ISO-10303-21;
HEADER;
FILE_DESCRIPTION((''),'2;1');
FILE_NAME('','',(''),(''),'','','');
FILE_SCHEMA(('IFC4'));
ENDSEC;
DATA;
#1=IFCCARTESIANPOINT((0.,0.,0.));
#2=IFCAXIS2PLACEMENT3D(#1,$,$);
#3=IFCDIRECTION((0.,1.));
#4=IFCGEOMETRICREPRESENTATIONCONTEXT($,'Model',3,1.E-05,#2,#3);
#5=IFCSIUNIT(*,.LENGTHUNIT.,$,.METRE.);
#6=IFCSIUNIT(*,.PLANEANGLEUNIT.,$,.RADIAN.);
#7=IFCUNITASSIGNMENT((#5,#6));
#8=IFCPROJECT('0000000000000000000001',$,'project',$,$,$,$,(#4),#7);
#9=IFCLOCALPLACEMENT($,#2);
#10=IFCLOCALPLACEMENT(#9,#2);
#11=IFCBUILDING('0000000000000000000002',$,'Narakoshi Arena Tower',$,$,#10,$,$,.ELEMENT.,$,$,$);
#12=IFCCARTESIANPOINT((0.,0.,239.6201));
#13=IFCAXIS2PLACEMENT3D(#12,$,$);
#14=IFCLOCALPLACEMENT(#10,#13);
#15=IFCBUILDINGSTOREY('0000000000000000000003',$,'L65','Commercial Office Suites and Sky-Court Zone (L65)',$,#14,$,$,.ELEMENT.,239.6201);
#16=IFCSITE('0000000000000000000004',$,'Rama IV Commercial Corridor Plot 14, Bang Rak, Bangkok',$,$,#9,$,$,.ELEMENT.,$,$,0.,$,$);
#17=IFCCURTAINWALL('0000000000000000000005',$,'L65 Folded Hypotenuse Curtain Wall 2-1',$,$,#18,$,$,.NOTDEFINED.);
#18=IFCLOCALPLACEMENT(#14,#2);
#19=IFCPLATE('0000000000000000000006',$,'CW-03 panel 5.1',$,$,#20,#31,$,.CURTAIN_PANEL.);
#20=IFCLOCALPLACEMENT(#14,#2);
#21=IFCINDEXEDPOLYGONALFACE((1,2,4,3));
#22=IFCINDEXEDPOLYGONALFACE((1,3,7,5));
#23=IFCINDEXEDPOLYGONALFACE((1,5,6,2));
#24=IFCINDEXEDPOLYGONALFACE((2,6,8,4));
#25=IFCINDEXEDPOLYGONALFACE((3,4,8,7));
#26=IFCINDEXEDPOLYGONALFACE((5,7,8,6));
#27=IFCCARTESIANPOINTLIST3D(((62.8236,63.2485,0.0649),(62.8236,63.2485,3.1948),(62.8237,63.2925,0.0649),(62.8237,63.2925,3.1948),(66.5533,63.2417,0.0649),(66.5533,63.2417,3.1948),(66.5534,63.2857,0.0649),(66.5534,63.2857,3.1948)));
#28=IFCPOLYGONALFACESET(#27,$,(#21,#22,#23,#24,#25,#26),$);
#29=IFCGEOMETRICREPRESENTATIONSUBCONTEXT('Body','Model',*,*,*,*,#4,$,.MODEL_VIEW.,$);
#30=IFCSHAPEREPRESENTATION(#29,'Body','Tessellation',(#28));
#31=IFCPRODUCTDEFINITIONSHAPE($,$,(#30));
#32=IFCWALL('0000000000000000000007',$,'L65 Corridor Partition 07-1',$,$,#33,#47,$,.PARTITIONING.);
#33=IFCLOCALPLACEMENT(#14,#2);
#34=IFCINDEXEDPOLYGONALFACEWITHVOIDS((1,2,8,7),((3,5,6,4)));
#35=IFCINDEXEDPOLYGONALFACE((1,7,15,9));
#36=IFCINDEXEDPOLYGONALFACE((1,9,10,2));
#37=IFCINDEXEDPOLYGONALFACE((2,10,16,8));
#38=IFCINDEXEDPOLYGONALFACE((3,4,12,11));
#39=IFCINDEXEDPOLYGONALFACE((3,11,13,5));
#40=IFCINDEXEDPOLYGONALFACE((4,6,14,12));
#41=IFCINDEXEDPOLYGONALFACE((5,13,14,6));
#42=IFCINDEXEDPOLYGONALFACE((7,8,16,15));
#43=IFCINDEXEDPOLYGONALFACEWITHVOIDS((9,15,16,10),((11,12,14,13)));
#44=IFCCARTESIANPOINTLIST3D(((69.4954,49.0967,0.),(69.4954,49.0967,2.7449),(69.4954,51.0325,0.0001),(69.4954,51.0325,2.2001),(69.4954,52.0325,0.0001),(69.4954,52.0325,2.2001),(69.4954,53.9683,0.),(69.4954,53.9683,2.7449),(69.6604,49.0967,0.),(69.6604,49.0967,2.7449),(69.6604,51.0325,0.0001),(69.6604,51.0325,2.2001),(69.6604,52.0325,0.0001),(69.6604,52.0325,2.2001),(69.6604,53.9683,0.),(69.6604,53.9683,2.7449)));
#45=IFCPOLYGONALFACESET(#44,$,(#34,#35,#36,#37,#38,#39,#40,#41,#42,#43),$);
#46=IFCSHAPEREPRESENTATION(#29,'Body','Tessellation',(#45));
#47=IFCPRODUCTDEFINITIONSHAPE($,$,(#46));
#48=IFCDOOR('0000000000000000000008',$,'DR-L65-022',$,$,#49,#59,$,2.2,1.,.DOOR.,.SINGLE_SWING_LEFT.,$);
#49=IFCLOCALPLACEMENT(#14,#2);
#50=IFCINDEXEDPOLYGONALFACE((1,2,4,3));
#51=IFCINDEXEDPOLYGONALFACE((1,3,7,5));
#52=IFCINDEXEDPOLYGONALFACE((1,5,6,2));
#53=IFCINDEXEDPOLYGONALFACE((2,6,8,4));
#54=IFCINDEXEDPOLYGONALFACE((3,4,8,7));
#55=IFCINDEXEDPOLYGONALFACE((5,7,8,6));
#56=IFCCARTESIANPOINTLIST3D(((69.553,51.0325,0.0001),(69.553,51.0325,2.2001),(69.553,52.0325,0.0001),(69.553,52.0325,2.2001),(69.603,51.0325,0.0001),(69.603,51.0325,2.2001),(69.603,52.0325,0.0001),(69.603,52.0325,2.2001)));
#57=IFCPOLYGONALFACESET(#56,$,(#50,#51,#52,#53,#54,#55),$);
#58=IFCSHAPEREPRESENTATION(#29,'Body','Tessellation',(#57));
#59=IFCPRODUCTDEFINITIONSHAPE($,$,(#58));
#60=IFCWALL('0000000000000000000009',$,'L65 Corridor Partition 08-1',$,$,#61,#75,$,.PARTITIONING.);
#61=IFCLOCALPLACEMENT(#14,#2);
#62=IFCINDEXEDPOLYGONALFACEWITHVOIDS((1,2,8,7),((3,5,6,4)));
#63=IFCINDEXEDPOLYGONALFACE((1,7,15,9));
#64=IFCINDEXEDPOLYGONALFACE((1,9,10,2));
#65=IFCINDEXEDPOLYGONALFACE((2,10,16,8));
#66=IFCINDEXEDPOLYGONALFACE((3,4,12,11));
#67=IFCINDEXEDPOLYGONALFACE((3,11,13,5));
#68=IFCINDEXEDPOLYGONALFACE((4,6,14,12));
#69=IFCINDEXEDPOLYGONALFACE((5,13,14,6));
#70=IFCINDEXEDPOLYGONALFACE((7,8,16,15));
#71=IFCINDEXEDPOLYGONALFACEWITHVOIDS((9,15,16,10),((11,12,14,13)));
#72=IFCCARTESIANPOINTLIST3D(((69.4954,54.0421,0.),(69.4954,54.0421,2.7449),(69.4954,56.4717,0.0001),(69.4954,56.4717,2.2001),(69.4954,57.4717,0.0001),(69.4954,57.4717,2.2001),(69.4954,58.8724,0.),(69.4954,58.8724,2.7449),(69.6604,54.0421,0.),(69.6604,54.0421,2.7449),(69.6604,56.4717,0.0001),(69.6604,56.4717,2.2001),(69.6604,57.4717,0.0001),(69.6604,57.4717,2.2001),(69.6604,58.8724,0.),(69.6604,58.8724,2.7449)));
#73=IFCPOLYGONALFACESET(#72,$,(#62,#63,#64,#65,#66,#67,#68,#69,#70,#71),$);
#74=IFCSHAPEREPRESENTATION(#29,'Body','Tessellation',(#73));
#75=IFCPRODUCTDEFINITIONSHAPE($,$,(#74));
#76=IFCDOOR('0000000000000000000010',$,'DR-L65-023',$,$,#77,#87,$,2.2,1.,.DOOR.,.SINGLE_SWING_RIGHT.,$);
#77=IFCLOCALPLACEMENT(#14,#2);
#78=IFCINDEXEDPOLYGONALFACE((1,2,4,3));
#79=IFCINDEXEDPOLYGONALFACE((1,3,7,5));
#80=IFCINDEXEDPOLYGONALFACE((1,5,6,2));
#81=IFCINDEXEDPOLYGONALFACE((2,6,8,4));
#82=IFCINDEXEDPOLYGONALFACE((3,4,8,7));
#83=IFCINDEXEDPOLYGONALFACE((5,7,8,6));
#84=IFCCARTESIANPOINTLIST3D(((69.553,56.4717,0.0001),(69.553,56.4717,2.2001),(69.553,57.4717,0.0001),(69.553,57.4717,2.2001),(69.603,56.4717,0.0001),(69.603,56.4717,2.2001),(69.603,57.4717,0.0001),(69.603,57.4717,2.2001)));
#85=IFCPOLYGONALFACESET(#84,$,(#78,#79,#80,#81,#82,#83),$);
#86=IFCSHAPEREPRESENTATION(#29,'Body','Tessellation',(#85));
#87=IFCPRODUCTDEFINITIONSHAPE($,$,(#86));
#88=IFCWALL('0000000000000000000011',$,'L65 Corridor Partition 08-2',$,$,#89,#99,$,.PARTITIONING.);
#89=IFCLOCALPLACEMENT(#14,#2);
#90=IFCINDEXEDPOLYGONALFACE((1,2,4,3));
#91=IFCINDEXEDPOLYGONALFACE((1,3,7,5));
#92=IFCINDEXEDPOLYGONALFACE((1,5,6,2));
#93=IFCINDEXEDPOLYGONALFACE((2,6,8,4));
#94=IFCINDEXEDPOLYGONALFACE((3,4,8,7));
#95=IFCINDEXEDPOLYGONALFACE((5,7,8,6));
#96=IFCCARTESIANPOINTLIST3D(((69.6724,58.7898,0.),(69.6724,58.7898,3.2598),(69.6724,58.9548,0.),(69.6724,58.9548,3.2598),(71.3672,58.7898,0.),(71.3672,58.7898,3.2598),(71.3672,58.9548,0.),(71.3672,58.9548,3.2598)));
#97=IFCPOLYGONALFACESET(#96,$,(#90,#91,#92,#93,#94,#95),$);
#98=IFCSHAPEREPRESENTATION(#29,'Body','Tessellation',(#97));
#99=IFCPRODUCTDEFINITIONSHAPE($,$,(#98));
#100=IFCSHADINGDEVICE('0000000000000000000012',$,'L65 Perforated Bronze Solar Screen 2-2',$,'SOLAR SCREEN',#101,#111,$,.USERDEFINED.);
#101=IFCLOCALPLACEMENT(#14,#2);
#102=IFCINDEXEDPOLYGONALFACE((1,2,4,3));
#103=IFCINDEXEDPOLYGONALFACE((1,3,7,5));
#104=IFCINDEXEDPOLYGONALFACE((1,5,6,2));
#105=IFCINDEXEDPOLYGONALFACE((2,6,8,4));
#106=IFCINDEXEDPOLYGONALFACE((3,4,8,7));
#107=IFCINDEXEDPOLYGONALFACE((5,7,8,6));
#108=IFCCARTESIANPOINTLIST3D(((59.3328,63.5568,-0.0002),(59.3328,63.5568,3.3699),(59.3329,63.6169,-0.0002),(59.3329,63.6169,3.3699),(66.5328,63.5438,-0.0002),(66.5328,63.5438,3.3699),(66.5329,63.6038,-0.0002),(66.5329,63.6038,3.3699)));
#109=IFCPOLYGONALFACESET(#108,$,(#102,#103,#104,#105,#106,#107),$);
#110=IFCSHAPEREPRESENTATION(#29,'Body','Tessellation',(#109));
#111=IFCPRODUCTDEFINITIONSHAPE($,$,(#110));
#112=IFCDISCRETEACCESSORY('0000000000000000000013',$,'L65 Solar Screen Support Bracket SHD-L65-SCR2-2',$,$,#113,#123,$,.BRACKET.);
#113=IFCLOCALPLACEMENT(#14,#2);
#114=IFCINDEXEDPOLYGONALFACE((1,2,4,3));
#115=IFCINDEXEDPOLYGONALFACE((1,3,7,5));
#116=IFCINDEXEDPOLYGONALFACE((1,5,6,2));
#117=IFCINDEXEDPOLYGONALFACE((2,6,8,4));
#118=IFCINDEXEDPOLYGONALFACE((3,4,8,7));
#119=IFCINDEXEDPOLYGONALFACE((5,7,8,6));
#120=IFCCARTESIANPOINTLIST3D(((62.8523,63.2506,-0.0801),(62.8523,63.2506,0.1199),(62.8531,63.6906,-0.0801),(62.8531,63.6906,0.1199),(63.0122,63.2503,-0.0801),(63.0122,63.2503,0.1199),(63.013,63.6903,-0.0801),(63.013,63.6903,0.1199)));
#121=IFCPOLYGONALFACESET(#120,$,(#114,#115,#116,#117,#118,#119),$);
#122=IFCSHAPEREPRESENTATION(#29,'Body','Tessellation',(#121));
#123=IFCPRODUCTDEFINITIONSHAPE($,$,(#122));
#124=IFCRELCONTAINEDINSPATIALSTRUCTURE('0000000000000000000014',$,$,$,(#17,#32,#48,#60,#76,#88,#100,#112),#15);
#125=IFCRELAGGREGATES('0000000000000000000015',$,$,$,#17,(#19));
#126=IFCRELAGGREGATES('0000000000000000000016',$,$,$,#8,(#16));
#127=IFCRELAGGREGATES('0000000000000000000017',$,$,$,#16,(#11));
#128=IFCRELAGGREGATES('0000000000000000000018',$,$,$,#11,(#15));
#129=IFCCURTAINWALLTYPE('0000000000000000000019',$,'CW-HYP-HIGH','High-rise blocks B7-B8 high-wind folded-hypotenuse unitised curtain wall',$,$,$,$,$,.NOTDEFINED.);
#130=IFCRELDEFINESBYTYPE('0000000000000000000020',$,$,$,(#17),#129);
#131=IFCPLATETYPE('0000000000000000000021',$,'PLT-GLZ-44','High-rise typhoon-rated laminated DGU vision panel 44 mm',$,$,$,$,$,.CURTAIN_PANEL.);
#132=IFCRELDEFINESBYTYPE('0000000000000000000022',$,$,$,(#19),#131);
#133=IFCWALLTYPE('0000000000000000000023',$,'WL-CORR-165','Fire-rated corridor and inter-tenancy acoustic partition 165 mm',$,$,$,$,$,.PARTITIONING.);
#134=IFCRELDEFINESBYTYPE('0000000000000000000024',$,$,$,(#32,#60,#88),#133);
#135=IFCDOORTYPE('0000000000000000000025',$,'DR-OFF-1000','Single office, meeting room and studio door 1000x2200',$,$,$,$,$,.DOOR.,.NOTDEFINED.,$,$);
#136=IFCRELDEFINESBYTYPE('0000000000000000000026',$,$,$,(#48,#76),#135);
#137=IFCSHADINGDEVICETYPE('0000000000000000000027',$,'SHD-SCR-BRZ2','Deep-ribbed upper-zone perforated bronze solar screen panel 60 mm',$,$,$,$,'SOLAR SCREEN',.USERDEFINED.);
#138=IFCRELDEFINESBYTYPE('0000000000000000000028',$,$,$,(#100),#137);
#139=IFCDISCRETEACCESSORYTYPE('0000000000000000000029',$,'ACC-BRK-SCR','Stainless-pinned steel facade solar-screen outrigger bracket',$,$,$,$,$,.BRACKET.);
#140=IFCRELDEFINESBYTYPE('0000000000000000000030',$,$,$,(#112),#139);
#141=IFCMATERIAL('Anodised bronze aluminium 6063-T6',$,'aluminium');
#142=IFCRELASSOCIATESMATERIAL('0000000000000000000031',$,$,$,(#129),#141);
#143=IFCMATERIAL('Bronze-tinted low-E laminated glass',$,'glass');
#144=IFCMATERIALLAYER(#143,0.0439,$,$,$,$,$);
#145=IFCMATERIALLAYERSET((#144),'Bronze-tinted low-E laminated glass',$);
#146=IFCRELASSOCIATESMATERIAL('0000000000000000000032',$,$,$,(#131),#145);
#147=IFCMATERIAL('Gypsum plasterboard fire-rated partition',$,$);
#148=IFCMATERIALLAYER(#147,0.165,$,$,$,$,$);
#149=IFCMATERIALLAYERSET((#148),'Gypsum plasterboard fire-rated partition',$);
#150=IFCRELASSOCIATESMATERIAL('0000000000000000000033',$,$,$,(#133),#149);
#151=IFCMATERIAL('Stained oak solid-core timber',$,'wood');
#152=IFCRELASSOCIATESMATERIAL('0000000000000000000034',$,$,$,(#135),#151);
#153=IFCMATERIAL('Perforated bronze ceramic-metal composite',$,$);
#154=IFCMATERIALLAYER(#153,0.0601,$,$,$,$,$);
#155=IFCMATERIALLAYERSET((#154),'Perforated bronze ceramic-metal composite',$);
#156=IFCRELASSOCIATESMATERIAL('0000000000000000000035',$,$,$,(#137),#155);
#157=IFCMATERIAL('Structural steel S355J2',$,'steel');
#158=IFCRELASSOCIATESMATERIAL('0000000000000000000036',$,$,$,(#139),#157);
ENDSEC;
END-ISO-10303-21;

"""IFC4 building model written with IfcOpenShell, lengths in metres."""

from ifc_helpers import new_model, si_unit, direction, frame, frame_2d, origin, origin_2d, place, context, subcontext, project, spatial, rectangle, extrude, material, layer, layer_set, type_object, element, fill, aggregate, save


model = new_model("IFC4")

# Units and contexts
model_context = context("Model", 3, precision=1e-05, world=origin(), true_north=direction((0.0, 1.0)))
body_context = subcontext(model_context, "Body", "Model", "MODEL_VIEW")
ifc_project = project(units=[si_unit("LENGTHUNIT", "METRE"), si_unit("PLANEANGLEUNIT", "RADIAN")], contexts=[model_context])

# Site, building, storey
site_placement = place(None, origin())
site = spatial("IfcSite", under=ifc_project, at=site_placement, Name="Rama IV Commercial Corridor Plot 14, Bang Rak, Bangkok", CompositionType="ELEMENT", RefElevation=0.0)
building_placement = place(site_placement, origin())
building = spatial("IfcBuilding", under=site, at=building_placement, Name="Narakoshi Arena Tower", CompositionType="ELEMENT")
storey_placement = place(building_placement, frame((0.0, 0.0, 239.6201)))
storey = spatial("IfcBuildingStorey", under=building, at=storey_placement, Name="L65", Description="Commercial Office Suites and Sky-Court Zone (L65)", CompositionType="ELEMENT", Elevation=239.6201)

# Shared definitions
ifc_material_1 = material(Name="Structural steel S355J2", Category="steel")

# Curtain wall, plate
ifc_material_2 = material(Name="Anodised bronze aluminium 6063-T6", Category="aluminium")
curtain_wall_type = type_object("IfcCurtainWallType", Name="CW-HYP-HIGH", Description="High-rise blocks B7-B8 high-wind folded-hypotenuse unitised curtain wall", PredefinedType="NOTDEFINED", material=ifc_material_2)
curtain_wall_placement = place(storey_placement, origin())
curtain_wall = element("IfcCurtainWall", 1, at=curtain_wall_placement, inside=storey, type_object=curtain_wall_type, Name="L65 Folded Hypotenuse Curtain Wall 2-1", PredefinedType="NOTDEFINED")
ifc_material_3 = material(Name="Bronze-tinted low-E laminated glass", Category="glass")
ifc_layer_1 = layer(ifc_material_3, 0.0439)
ifc_layer_set_1 = layer_set([ifc_layer_1], Name="Bronze-tinted low-E laminated glass")
plate_type = type_object("IfcPlateType", Name="PLT-GLZ-44", Description="High-rise typhoon-rated laminated DGU vision panel 44 mm", PredefinedType="CURTAIN_PANEL", material=ifc_layer_set_1)
plate_1_placement = place(storey_placement, frame((64.6885, 63.2671, 0.0649), z_axis=(0.0, 0.0, 1.0), x_axis=(-0.999998, 0.00182, 0.0)))
plate_1 = element("IfcPlate", 2, at=plate_1_placement, type_object=plate_type, Name="CW-03 panel 5.1", PredefinedType="CURTAIN_PANEL", context=body_context, shape_type="SweptSolid", body=[
    extrude(rectangle(XDim=3.7297, YDim=0.0439, at=origin_2d()), origin(), (0.0, 0.0, 1.0), 3.1299),
])
aggregate(curtain_wall, [plate_1])

# Walls, openings, doors
ifc_material_4 = material(Name="Gypsum plasterboard fire-rated partition")
ifc_layer_2 = layer(ifc_material_4, 0.165)
ifc_layer_set_2 = layer_set([ifc_layer_2], Name="Gypsum plasterboard fire-rated partition")
wall_type = type_object("IfcWallType", Name="WL-CORR-165", Description="Fire-rated corridor and inter-tenancy acoustic partition 165 mm", PredefinedType="PARTITIONING", material=ifc_layer_set_2)
wall_1_placement = place(storey_placement, frame((69.5779, 53.9683, 0.0), z_axis=(0.0, 0.0, 1.0), x_axis=(0.0, -1.0, 0.0)))
wall_1 = element("IfcWall", 3, at=wall_1_placement, inside=storey, type_object=wall_type, Name="L65 Corridor Partition 07-1", PredefinedType="PARTITIONING", context=body_context, shape_type="SweptSolid", body=[
    extrude(rectangle(XDim=4.8716, YDim=0.165, at=frame_2d((2.4358, 0.0))), origin(), (0.0, 0.0, 1.0), 2.7449),
])
opening_1_placement = place(wall_1_placement, frame((1.9358, 0.0, 0.0)))
opening_1 = element("IfcOpeningElement", 4, at=opening_1_placement, cuts=wall_1, PredefinedType="OPENING", context=body_context, shape_type="SweptSolid", body=[
    extrude(rectangle(XDim=1.0, YDim=2.2, at=frame_2d((0.5, 1.1001))), frame((0.0, 0.0925, 0.0), z_axis=(0.0, -1.0, 0.0), x_axis=(1.0, 0.0, 0.0)), (0.0, 0.0, 1.0), 0.1851),
])
ifc_material_5 = material(Name="Stained oak solid-core timber", Category="wood")
door_type = type_object("IfcDoorType", Name="DR-OFF-1000", Description="Single office, meeting room and studio door 1000x2200", OperationType="NOTDEFINED", PredefinedType="DOOR", material=ifc_material_5)
door_1_placement = place(opening_1_placement, frame((1.0, 0.0, 0.0), z_axis=(0.0, 0.0, 1.0), x_axis=(-1.0, 0.0, 0.0)))
door_1 = element("IfcDoor", 5, at=door_1_placement, inside=storey, type_object=door_type, Name="DR-L65-022", OperationType="SINGLE_SWING_LEFT", OverallHeight=2.2, OverallWidth=1.0, PredefinedType="DOOR", context=body_context, shape_type="SweptSolid", body=[
    extrude(rectangle(XDim=1.0, YDim=2.2, at=frame_2d((0.5, 1.1001))), frame((0.0, 0.0249, 0.0), z_axis=(0.0, -1.0, 0.0), x_axis=(1.0, 0.0, 0.0)), (0.0, 0.0, 1.0), 0.05),
])
fill(opening_1, door_1)
wall_2_placement = place(storey_placement, frame((69.5779, 58.8723, 0.0), z_axis=(0.0, 0.0, 1.0), x_axis=(0.0, -1.0, 0.0)))
wall_2 = element("IfcWall", 6, at=wall_2_placement, inside=storey, type_object=wall_type, Name="L65 Corridor Partition 08-1", PredefinedType="PARTITIONING", context=body_context, shape_type="SweptSolid", body=[
    extrude(rectangle(XDim=4.8303, YDim=0.165, at=frame_2d((2.415, 0.0))), origin(), (0.0, 0.0, 1.0), 2.7449),
])
opening_2_placement = place(wall_2_placement, frame((1.4006, 0.0, 0.0)))
opening_2 = element("IfcOpeningElement", 7, at=opening_2_placement, cuts=wall_2, PredefinedType="OPENING", context=body_context, shape_type="SweptSolid", body=[
    extrude(rectangle(XDim=1.0, YDim=2.2, at=frame_2d((0.5, 1.1001))), frame((0.0, 0.0925, 0.0), z_axis=(0.0, -1.0, 0.0), x_axis=(1.0, 0.0, 0.0)), (0.0, 0.0, 1.0), 0.1851),
])
door_2_placement = place(opening_2_placement, frame((1.0, 0.0, 0.0), z_axis=(0.0, 0.0, 1.0), x_axis=(-1.0, 0.0, 0.0)))
door_2 = element("IfcDoor", 8, at=door_2_placement, inside=storey, type_object=door_type, Name="DR-L65-023", OperationType="SINGLE_SWING_RIGHT", OverallHeight=2.2, OverallWidth=1.0, PredefinedType="DOOR", context=body_context, shape_type="SweptSolid", body=[
    extrude(rectangle(XDim=1.0, YDim=2.2, at=frame_2d((0.5, 1.1001))), frame((0.0, 0.0249, 0.0), z_axis=(0.0, -1.0, 0.0), x_axis=(1.0, 0.0, 0.0)), (0.0, 0.0, 1.0), 0.05),
])
fill(opening_2, door_2)

# Wall
wall_3_placement = place(storey_placement, frame((71.3672, 58.8723, 0.0), z_axis=(0.0, 0.0, 1.0), x_axis=(-1.0, 0.0, 0.0)))
element("IfcWall", 9, at=wall_3_placement, inside=storey, type_object=wall_type, Name="L65 Corridor Partition 08-2", PredefinedType="PARTITIONING", context=body_context, shape_type="SweptSolid", body=[
    extrude(rectangle(XDim=1.6948, YDim=0.165, at=frame_2d((0.8474, 0.0))), origin(), (0.0, 0.0, 1.0), 3.2598),
])

# Shading device
ifc_material_6 = material(Name="Perforated bronze ceramic-metal composite")
ifc_layer_3 = layer(ifc_material_6, 0.0601)
ifc_layer_set_3 = layer_set([ifc_layer_3], Name="Perforated bronze ceramic-metal composite")
shading_device_type = type_object("IfcShadingDeviceType", Name="SHD-SCR-BRZ2", Description="Deep-ribbed upper-zone perforated bronze solar screen panel 60 mm", ElementType="SOLAR SCREEN", PredefinedType="USERDEFINED", material=ifc_layer_set_3)
shading_device_placement = place(storey_placement, frame((62.9329, 63.5803, -0.0002), z_axis=(0.0, 0.0, 1.0), x_axis=(-0.999998, 0.001815, 0.0)))
element("IfcShadingDevice", 10, at=shading_device_placement, inside=storey, type_object=shading_device_type, Name="L65 Perforated Bronze Solar Screen 2-2", ObjectType="SOLAR SCREEN", PredefinedType="USERDEFINED", context=body_context, shape_type="SweptSolid", body=[
    extrude(rectangle(XDim=7.2, YDim=0.0601, at=origin_2d()), origin(), (0.0, 0.0, 1.0), 3.3701),
])

# Discrete accessory
discrete_accessory_type = type_object("IfcDiscreteAccessoryType", Name="ACC-BRK-SCR", Description="Stainless-pinned steel facade solar-screen outrigger bracket", PredefinedType="BRACKET", material=ifc_material_1)
discrete_accessory_placement = place(storey_placement, frame((62.9326, 63.4705, -0.0801), z_axis=(0.0, 0.0, 1.0), x_axis=(-0.999998, 0.001815, 0.0)))
element("IfcDiscreteAccessory", 11, at=discrete_accessory_placement, inside=storey, type_object=discrete_accessory_type, Name="L65 Solar Screen Support Bracket SHD-L65-SCR2-2", PredefinedType="BRACKET", context=body_context, shape_type="SweptSolid", body=[
    extrude(rectangle(XDim=0.1599, YDim=0.4399, at=origin_2d()), origin(), (0.0, 0.0, 1.0), 0.2),
])

save(model, "model.ifc")
